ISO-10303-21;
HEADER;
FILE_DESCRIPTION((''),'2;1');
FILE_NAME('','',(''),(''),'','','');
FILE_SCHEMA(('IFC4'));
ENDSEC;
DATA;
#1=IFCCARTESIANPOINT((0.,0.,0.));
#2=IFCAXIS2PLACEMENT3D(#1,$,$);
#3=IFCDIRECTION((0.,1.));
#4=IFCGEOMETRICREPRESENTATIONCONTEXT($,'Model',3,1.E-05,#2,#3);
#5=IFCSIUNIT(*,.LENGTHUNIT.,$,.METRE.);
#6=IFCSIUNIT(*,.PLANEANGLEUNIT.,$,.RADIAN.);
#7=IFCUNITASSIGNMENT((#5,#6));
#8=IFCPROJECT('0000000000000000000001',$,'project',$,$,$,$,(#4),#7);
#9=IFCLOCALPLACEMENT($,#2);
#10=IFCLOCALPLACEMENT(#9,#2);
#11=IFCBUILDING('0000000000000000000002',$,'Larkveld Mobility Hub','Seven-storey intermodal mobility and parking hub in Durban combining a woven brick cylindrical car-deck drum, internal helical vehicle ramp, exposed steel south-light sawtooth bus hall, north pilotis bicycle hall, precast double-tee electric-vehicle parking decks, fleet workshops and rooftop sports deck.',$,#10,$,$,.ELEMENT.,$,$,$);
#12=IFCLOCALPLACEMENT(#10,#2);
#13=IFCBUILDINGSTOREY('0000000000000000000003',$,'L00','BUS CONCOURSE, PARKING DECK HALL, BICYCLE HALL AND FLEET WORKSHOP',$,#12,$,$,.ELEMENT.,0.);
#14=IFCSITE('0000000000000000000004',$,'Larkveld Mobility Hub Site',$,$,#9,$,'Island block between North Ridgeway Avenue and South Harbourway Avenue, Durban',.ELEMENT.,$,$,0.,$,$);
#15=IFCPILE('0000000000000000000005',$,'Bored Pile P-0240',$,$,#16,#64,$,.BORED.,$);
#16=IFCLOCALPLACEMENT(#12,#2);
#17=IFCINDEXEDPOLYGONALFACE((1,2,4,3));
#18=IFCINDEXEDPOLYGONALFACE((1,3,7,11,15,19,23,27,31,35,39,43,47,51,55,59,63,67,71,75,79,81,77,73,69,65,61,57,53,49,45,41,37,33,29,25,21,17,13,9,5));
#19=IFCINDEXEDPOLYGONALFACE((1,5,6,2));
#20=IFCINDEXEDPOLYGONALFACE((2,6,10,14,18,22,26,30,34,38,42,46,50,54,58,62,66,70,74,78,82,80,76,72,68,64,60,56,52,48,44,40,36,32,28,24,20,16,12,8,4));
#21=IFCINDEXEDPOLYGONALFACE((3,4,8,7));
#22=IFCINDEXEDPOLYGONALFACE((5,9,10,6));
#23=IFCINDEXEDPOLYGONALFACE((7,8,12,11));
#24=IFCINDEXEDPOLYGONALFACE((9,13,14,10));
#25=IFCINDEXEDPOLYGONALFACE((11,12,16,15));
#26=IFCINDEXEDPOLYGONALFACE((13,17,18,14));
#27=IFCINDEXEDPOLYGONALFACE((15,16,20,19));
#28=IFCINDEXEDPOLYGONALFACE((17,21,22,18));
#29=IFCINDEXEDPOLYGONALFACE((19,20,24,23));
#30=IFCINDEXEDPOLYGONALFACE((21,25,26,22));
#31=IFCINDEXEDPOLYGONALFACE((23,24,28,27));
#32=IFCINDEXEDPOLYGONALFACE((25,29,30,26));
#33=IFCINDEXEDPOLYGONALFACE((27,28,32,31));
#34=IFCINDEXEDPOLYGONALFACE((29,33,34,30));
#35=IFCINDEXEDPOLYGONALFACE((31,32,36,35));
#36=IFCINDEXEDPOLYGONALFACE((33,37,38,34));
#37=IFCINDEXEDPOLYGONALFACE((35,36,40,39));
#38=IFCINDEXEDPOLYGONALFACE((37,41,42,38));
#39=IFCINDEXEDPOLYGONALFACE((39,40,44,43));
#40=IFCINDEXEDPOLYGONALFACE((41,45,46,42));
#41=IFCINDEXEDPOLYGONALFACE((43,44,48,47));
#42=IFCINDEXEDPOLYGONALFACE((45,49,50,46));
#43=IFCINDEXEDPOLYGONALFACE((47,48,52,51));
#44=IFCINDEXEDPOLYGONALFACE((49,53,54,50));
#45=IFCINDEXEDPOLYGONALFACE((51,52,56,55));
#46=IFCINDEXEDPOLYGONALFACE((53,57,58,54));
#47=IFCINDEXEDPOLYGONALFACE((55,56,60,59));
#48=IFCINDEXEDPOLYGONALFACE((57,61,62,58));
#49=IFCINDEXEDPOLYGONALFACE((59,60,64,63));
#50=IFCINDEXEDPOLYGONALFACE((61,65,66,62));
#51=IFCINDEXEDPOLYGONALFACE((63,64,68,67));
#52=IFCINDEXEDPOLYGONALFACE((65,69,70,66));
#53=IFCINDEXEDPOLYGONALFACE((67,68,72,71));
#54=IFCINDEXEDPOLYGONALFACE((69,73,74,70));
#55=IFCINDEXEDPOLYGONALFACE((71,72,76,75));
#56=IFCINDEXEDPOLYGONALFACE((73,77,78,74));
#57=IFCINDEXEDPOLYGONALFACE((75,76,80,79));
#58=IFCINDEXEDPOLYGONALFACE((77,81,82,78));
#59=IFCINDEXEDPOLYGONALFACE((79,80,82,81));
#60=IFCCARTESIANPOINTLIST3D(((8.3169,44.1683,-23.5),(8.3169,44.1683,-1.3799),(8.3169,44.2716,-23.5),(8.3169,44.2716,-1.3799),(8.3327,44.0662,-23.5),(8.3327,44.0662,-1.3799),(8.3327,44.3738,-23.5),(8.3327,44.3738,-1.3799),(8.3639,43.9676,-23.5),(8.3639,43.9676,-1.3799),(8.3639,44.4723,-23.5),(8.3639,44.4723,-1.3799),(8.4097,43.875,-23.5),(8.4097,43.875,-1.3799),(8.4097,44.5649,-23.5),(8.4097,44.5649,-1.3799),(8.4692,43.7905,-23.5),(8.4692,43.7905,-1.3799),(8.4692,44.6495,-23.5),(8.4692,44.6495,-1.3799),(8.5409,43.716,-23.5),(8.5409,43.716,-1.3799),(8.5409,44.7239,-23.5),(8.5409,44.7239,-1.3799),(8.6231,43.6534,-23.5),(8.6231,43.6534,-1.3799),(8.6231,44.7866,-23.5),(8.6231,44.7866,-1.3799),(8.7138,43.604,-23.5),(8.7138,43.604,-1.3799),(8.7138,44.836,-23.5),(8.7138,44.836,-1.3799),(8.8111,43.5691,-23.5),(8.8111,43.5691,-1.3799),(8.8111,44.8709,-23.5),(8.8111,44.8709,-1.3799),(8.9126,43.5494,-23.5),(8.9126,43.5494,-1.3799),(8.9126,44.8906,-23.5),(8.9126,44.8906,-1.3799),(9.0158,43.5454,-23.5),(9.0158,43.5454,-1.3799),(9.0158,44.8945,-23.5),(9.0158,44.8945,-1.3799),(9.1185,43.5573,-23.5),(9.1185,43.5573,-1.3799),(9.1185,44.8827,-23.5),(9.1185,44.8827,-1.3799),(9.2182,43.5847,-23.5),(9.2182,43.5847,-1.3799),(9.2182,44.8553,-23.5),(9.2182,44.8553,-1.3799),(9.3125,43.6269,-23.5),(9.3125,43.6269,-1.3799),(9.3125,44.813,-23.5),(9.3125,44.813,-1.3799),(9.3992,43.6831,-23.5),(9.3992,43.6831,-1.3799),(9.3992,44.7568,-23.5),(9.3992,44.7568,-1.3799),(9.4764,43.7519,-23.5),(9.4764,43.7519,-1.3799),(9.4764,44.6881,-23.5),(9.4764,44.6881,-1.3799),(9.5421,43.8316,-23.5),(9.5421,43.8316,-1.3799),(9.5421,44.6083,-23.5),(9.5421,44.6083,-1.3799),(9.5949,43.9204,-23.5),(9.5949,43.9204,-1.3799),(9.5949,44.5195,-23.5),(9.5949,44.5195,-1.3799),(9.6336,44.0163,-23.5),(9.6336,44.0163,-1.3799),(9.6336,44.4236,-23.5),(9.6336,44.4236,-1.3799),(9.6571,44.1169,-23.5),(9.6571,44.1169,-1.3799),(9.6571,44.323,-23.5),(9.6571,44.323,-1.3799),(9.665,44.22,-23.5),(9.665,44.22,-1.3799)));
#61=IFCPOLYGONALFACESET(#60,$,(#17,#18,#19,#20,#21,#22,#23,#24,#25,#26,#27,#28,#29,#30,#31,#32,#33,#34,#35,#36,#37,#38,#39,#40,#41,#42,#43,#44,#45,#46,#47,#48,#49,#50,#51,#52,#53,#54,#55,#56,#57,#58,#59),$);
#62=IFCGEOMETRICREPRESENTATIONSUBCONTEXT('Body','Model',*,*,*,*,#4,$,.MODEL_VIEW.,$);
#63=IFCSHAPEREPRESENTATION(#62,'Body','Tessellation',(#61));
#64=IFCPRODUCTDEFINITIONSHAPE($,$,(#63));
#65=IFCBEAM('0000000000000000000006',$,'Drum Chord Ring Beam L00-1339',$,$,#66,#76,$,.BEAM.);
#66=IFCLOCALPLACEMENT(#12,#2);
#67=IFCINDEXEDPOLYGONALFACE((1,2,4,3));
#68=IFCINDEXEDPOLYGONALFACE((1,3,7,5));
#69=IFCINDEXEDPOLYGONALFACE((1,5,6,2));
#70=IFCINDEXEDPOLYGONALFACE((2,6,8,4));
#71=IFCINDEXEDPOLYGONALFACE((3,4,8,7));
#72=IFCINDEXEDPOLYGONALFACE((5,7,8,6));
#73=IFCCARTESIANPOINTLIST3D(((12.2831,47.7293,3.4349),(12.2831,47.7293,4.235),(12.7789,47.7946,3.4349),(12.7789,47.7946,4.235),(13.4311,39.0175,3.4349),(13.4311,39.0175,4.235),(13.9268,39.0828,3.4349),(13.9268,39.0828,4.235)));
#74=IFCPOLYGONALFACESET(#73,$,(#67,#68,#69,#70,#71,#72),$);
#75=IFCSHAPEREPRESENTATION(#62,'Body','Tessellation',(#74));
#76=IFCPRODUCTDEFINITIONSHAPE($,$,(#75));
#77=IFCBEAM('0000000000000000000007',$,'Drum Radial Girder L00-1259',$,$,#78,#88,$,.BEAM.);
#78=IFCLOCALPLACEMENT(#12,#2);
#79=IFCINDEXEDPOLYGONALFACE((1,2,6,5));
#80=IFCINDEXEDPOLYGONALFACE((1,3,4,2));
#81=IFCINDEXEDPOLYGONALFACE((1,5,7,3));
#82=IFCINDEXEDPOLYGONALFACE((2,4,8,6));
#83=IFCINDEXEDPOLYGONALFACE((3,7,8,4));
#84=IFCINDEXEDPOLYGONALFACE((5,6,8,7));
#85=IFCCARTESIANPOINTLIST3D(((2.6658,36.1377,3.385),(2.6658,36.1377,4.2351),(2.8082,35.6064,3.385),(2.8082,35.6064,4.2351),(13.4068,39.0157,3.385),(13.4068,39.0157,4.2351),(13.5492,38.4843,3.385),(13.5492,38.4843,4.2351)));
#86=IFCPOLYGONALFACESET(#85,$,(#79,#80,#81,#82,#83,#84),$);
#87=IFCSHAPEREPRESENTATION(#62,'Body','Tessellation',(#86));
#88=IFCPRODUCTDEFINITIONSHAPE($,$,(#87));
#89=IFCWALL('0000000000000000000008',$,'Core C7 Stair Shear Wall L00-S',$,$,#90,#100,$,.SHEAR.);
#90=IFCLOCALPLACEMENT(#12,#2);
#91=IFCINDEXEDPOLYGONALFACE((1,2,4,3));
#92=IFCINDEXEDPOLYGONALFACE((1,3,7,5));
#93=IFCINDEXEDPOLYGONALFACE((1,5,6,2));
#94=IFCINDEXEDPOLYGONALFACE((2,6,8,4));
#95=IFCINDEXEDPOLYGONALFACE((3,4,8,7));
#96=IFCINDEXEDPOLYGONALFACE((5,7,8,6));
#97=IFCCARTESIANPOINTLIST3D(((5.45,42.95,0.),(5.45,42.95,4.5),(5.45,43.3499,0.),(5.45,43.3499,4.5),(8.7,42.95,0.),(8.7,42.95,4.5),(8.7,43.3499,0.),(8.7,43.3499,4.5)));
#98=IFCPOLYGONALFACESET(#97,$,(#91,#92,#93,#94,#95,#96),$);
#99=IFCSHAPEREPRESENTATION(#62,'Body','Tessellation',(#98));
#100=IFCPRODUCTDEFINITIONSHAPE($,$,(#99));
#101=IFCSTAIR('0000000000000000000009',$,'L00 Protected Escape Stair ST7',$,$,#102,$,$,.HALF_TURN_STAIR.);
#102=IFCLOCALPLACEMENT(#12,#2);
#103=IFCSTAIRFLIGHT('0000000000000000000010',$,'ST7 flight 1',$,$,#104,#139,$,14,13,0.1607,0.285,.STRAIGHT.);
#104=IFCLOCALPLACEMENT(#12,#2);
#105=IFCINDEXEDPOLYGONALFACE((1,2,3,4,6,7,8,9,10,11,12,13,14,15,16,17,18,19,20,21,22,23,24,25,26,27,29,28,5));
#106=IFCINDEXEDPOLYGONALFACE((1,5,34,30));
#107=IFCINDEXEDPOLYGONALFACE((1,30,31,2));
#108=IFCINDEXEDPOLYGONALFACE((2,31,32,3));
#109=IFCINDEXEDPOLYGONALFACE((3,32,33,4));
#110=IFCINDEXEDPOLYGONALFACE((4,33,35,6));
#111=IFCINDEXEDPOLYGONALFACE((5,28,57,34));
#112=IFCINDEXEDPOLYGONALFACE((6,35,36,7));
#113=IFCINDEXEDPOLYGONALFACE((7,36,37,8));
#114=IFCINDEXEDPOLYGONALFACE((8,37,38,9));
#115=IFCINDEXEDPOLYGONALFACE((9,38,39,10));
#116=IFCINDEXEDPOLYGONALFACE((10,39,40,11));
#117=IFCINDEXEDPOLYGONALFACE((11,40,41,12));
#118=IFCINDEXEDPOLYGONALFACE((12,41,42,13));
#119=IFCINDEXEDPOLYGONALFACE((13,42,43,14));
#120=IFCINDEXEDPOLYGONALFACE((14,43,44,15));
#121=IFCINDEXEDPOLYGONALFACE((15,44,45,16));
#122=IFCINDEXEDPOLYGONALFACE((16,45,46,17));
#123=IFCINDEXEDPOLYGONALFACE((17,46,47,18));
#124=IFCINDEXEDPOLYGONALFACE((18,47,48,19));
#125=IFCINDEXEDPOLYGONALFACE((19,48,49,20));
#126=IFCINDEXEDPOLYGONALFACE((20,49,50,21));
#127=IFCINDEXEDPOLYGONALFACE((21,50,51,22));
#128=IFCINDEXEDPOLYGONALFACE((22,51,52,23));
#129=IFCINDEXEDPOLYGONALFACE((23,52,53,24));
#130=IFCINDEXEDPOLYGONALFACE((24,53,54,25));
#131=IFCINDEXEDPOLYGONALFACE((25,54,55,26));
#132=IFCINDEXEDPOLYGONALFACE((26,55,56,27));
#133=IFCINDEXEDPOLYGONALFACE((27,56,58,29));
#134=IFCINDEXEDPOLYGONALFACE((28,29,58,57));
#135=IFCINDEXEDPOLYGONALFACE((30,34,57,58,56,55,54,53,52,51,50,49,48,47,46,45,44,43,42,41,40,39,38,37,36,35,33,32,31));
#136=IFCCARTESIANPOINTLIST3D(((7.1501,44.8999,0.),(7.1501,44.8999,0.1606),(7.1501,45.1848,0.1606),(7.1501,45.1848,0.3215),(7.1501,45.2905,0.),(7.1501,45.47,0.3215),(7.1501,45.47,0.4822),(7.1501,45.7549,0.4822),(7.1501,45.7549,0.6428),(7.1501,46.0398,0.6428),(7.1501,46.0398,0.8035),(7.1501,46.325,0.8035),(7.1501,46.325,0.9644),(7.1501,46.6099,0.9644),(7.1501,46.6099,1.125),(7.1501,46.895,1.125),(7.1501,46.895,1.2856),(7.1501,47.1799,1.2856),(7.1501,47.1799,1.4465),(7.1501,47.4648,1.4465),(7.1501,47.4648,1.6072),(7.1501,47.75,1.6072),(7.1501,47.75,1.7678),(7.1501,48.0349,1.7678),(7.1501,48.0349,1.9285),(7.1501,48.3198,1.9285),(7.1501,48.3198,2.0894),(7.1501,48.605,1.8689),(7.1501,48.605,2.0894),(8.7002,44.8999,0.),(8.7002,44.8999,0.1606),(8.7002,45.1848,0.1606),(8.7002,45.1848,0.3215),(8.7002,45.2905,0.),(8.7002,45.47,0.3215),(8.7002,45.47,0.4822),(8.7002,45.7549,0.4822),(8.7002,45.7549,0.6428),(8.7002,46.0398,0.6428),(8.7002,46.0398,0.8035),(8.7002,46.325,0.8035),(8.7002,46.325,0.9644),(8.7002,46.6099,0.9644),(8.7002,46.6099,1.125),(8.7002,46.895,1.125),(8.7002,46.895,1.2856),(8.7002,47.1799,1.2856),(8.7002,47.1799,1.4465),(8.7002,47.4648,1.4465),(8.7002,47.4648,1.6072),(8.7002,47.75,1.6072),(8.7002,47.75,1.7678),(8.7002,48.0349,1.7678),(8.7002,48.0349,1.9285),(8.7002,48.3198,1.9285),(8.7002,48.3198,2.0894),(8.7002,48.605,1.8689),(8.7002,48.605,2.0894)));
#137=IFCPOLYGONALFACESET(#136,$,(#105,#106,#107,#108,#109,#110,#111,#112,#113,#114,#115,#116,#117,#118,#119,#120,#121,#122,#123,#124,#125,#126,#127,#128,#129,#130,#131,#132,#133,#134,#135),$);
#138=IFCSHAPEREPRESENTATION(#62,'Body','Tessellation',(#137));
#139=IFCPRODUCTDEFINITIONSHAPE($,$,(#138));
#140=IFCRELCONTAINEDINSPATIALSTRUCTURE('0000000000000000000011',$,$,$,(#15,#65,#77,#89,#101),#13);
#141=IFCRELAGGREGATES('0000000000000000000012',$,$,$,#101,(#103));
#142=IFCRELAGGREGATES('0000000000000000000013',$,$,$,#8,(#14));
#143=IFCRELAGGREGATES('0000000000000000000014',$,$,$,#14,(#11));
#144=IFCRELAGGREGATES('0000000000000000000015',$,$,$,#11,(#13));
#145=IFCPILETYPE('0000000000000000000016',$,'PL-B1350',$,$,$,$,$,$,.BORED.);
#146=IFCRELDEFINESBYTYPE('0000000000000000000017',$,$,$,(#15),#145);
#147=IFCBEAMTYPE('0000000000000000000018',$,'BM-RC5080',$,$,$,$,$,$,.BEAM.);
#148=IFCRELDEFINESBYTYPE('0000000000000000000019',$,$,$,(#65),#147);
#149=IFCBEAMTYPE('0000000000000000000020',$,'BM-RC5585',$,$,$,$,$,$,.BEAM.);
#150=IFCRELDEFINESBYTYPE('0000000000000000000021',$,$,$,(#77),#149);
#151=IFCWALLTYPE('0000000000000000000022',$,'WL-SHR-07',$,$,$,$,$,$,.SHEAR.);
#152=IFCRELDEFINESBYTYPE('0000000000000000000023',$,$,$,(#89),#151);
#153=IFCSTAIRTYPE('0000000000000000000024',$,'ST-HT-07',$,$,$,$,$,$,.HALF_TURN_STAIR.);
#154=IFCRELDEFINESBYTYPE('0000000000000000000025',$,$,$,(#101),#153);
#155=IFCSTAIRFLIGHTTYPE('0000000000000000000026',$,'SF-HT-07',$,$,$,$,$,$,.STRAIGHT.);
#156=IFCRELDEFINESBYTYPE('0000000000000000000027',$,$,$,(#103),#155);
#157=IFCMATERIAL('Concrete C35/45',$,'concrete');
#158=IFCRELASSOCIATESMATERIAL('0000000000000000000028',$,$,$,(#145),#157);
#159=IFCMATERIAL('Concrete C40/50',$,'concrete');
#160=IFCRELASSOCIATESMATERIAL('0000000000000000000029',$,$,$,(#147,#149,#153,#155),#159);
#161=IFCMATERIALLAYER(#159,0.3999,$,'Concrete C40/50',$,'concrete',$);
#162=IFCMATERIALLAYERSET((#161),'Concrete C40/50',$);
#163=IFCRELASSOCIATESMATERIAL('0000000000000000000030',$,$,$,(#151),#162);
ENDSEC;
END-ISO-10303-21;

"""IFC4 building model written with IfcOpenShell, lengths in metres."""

from ifc_helpers import new_model, si_unit, direction, frame, frame_2d, origin, origin_2d, place, context, subcontext, project, spatial, polyline, rectangle, circle, outline, extrude, material, layer, layer_set, material_profile, profile_set, type_object, element, aggregate, save


model = new_model("IFC4")

# Units and contexts
model_context = context("Model", 3, precision=1e-05, world=origin(), true_north=direction((0.0, 1.0)))
body_context = subcontext(model_context, "Body", "Model", "MODEL_VIEW")
ifc_project = project(units=[si_unit("LENGTHUNIT", "METRE"), si_unit("PLANEANGLEUNIT", "RADIAN")], contexts=[model_context])

# Site, building, storey
site_placement = place(None, origin())
site = spatial("IfcSite", under=ifc_project, at=site_placement, Name="Larkveld Mobility Hub Site", LongName="Island block between North Ridgeway Avenue and South Harbourway Avenue, Durban", CompositionType="ELEMENT", RefElevation=0.0)
building_placement = place(site_placement, origin())
building = spatial("IfcBuilding", under=site, at=building_placement, Name="Larkveld Mobility Hub", Description="Seven-storey intermodal mobility and parking hub in Durban combining a woven brick cylindrical car-deck drum, internal helical vehicle ramp, exposed steel south-light sawtooth bus hall, north pilotis bicycle hall, precast double-tee electric-vehicle parking decks, fleet workshops and rooftop sports deck.", CompositionType="ELEMENT")
storey_placement = place(building_placement, origin())
storey = spatial("IfcBuildingStorey", under=building, at=storey_placement, Name="L00", Description="BUS CONCOURSE, PARKING DECK HALL, BICYCLE HALL AND FLEET WORKSHOP", CompositionType="ELEMENT", Elevation=0.0)

# Pile
ifc_material_1 = material(Name="Concrete C35/45", Category="concrete")
ifc_material_profile_1 = material_profile(ifc_material_1, circle(Radius=0.675, at=origin_2d()), Name="PILE D1350")
ifc_profile_set_1 = profile_set([ifc_material_profile_1], Name="Concrete C35/45")
pile_type_1 = type_object("IfcPileType", Name="PL-B1350", PredefinedType="BORED", material=ifc_profile_set_1)
pile_placement = place(storey_placement, frame((8.99, 44.22, -1.3799), z_axis=(0.0, 0.0, -1.0), x_axis=(1.0, 0.0, 0.0)))
element("IfcPile", 1, at=pile_placement, inside=storey, type_object=pile_type_1, Name="Bored Pile P-0240", PredefinedType="BORED", context=body_context, shape_type="SweptSolid", body=[
    extrude(circle(Radius=0.675, at=origin_2d()), origin(), (0.0, 0.0, 1.0), 22.1201),
])

# Beams
ifc_material_2 = material(Name="Concrete C40/50", Category="concrete")
ifc_material_profile_2 = material_profile(ifc_material_2, rectangle(XDim=0.5, YDim=0.8, at=origin_2d()), Name="RC BM 500x800")
ifc_profile_set_2 = profile_set([ifc_material_profile_2], Name="Concrete C40/50")
beam_type_1 = type_object("IfcBeamType", Name="BM-RC5080", PredefinedType="BEAM", material=ifc_profile_set_2)
beam_1_placement = place(storey_placement, frame((12.531, 47.762, 3.835), z_axis=(0.130638, -0.99143, 0.0), x_axis=(0.99143, 0.130638, 0.0)))
element("IfcBeam", 2, at=beam_1_placement, inside=storey, type_object=beam_type_1, Name="Drum Chord Ring Beam L00-1339", PredefinedType="BEAM", context=body_context, shape_type="SweptSolid", body=[
    extrude(rectangle(XDim=0.5, YDim=0.8, at=origin_2d()), origin(), (0.0, 0.0, 1.0), 8.7871),
])
ifc_material_profile_3 = material_profile(ifc_material_2, rectangle(XDim=0.55, YDim=0.8501, at=origin_2d()), Name="RC BM 550x850")
ifc_profile_set_3 = profile_set([ifc_material_profile_3], Name="Concrete C40/50")
beam_type_2 = type_object("IfcBeamType", Name="BM-RC5585", PredefinedType="BEAM", material=ifc_profile_set_3)
beam_2_placement = place(storey_placement, frame((13.478, 38.75, 3.8101), z_axis=(-0.965928, -0.25881, 0.0), x_axis=(0.25881, -0.965928, 0.0)))
element("IfcBeam", 3, at=beam_2_placement, inside=storey, type_object=beam_type_2, Name="Drum Radial Girder L00-1259", PredefinedType="BEAM", context=body_context, shape_type="SweptSolid", body=[
    extrude(rectangle(XDim=0.55, YDim=0.8501, at=origin_2d()), origin(), (0.0, 0.0, 1.0), 11.1199),
])

# Wall
ifc_layer = layer(ifc_material_2, 0.3999, Name="Concrete C40/50", Category="concrete")
ifc_layer_set = layer_set([ifc_layer], Name="Concrete C40/50")
wall_type = type_object("IfcWallType", Name="WL-SHR-07", PredefinedType="SHEAR", material=ifc_layer_set)
wall_placement = place(storey_placement, frame((8.7, 43.1499, 0.0), z_axis=(0.0, 0.0, 1.0), x_axis=(-1.0, 0.0, 0.0)))
element("IfcWall", 4, at=wall_placement, inside=storey, type_object=wall_type, Name="Core C7 Stair Shear Wall L00-S", PredefinedType="SHEAR", context=body_context, shape_type="SweptSolid", body=[
    extrude(rectangle(XDim=3.25, YDim=0.3999, at=frame_2d((1.625, 0.0))), origin(), (0.0, 0.0, 1.0), 4.5),
])

# Stair, stair flight
stair_type = type_object("IfcStairType", Name="ST-HT-07", PredefinedType="HALF_TURN_STAIR", material=ifc_material_2)
stair_placement = place(storey_placement, origin())
stair = element("IfcStair", 5, at=stair_placement, inside=storey, type_object=stair_type, Name="L00 Protected Escape Stair ST7", PredefinedType="HALF_TURN_STAIR")
stair_flight_type = type_object("IfcStairFlightType", Name="SF-HT-07", PredefinedType="STRAIGHT", material=ifc_material_2)
stair_flight_placement = place(storey_placement, frame((7.925, 44.8999, 0.0), z_axis=(0.0, 0.0, 1.0), x_axis=(0.0, 1.0, 0.0)))
stair_flight = element("IfcStairFlight", 6, at=stair_flight_placement, type_object=stair_flight_type, Name="ST7 flight 1", NumberOfRisers=14, NumberOfTreads=13, PredefinedType="STRAIGHT", RiserHeight=0.1607, TreadLength=0.285, context=body_context, shape_type="SweptSolid", body=[
    extrude(outline(polyline([(0.0, 0.0), (0.0, 0.1606), (0.2849, 0.1606), (0.2849, 0.3215), (0.5701, 0.3215), (0.5701, 0.4822), (0.855, 0.4822), (0.855, 0.6428), (1.1399, 0.6428), (1.1399, 0.8035), (1.425, 0.8035), (1.425, 0.9644), (1.71, 0.9644), (1.71, 1.125), (1.9951, 1.125), (1.9951, 1.2856), (2.28, 1.2856), (2.28, 1.4465), (2.5649, 1.4465), (2.5649, 1.6072), (2.8501, 1.6072), (2.8501, 1.7678), (3.135, 1.7678), (3.135, 1.9285), (3.4199, 1.9285), (3.4199, 2.0894), (3.7051, 2.0894), (3.7051, 2.25), (3.7051, 1.8689), (0.3906, 0.0), (0.0, 0.0)])), frame((0.0, 0.7749, 0.0), z_axis=(0.0, -1.0, 0.0), x_axis=(1.0, 0.0, 0.0)), (0.0, 0.0, 1.0), 1.55),
])
aggregate(stair, [stair_flight])

save(model, "model.ifc")
